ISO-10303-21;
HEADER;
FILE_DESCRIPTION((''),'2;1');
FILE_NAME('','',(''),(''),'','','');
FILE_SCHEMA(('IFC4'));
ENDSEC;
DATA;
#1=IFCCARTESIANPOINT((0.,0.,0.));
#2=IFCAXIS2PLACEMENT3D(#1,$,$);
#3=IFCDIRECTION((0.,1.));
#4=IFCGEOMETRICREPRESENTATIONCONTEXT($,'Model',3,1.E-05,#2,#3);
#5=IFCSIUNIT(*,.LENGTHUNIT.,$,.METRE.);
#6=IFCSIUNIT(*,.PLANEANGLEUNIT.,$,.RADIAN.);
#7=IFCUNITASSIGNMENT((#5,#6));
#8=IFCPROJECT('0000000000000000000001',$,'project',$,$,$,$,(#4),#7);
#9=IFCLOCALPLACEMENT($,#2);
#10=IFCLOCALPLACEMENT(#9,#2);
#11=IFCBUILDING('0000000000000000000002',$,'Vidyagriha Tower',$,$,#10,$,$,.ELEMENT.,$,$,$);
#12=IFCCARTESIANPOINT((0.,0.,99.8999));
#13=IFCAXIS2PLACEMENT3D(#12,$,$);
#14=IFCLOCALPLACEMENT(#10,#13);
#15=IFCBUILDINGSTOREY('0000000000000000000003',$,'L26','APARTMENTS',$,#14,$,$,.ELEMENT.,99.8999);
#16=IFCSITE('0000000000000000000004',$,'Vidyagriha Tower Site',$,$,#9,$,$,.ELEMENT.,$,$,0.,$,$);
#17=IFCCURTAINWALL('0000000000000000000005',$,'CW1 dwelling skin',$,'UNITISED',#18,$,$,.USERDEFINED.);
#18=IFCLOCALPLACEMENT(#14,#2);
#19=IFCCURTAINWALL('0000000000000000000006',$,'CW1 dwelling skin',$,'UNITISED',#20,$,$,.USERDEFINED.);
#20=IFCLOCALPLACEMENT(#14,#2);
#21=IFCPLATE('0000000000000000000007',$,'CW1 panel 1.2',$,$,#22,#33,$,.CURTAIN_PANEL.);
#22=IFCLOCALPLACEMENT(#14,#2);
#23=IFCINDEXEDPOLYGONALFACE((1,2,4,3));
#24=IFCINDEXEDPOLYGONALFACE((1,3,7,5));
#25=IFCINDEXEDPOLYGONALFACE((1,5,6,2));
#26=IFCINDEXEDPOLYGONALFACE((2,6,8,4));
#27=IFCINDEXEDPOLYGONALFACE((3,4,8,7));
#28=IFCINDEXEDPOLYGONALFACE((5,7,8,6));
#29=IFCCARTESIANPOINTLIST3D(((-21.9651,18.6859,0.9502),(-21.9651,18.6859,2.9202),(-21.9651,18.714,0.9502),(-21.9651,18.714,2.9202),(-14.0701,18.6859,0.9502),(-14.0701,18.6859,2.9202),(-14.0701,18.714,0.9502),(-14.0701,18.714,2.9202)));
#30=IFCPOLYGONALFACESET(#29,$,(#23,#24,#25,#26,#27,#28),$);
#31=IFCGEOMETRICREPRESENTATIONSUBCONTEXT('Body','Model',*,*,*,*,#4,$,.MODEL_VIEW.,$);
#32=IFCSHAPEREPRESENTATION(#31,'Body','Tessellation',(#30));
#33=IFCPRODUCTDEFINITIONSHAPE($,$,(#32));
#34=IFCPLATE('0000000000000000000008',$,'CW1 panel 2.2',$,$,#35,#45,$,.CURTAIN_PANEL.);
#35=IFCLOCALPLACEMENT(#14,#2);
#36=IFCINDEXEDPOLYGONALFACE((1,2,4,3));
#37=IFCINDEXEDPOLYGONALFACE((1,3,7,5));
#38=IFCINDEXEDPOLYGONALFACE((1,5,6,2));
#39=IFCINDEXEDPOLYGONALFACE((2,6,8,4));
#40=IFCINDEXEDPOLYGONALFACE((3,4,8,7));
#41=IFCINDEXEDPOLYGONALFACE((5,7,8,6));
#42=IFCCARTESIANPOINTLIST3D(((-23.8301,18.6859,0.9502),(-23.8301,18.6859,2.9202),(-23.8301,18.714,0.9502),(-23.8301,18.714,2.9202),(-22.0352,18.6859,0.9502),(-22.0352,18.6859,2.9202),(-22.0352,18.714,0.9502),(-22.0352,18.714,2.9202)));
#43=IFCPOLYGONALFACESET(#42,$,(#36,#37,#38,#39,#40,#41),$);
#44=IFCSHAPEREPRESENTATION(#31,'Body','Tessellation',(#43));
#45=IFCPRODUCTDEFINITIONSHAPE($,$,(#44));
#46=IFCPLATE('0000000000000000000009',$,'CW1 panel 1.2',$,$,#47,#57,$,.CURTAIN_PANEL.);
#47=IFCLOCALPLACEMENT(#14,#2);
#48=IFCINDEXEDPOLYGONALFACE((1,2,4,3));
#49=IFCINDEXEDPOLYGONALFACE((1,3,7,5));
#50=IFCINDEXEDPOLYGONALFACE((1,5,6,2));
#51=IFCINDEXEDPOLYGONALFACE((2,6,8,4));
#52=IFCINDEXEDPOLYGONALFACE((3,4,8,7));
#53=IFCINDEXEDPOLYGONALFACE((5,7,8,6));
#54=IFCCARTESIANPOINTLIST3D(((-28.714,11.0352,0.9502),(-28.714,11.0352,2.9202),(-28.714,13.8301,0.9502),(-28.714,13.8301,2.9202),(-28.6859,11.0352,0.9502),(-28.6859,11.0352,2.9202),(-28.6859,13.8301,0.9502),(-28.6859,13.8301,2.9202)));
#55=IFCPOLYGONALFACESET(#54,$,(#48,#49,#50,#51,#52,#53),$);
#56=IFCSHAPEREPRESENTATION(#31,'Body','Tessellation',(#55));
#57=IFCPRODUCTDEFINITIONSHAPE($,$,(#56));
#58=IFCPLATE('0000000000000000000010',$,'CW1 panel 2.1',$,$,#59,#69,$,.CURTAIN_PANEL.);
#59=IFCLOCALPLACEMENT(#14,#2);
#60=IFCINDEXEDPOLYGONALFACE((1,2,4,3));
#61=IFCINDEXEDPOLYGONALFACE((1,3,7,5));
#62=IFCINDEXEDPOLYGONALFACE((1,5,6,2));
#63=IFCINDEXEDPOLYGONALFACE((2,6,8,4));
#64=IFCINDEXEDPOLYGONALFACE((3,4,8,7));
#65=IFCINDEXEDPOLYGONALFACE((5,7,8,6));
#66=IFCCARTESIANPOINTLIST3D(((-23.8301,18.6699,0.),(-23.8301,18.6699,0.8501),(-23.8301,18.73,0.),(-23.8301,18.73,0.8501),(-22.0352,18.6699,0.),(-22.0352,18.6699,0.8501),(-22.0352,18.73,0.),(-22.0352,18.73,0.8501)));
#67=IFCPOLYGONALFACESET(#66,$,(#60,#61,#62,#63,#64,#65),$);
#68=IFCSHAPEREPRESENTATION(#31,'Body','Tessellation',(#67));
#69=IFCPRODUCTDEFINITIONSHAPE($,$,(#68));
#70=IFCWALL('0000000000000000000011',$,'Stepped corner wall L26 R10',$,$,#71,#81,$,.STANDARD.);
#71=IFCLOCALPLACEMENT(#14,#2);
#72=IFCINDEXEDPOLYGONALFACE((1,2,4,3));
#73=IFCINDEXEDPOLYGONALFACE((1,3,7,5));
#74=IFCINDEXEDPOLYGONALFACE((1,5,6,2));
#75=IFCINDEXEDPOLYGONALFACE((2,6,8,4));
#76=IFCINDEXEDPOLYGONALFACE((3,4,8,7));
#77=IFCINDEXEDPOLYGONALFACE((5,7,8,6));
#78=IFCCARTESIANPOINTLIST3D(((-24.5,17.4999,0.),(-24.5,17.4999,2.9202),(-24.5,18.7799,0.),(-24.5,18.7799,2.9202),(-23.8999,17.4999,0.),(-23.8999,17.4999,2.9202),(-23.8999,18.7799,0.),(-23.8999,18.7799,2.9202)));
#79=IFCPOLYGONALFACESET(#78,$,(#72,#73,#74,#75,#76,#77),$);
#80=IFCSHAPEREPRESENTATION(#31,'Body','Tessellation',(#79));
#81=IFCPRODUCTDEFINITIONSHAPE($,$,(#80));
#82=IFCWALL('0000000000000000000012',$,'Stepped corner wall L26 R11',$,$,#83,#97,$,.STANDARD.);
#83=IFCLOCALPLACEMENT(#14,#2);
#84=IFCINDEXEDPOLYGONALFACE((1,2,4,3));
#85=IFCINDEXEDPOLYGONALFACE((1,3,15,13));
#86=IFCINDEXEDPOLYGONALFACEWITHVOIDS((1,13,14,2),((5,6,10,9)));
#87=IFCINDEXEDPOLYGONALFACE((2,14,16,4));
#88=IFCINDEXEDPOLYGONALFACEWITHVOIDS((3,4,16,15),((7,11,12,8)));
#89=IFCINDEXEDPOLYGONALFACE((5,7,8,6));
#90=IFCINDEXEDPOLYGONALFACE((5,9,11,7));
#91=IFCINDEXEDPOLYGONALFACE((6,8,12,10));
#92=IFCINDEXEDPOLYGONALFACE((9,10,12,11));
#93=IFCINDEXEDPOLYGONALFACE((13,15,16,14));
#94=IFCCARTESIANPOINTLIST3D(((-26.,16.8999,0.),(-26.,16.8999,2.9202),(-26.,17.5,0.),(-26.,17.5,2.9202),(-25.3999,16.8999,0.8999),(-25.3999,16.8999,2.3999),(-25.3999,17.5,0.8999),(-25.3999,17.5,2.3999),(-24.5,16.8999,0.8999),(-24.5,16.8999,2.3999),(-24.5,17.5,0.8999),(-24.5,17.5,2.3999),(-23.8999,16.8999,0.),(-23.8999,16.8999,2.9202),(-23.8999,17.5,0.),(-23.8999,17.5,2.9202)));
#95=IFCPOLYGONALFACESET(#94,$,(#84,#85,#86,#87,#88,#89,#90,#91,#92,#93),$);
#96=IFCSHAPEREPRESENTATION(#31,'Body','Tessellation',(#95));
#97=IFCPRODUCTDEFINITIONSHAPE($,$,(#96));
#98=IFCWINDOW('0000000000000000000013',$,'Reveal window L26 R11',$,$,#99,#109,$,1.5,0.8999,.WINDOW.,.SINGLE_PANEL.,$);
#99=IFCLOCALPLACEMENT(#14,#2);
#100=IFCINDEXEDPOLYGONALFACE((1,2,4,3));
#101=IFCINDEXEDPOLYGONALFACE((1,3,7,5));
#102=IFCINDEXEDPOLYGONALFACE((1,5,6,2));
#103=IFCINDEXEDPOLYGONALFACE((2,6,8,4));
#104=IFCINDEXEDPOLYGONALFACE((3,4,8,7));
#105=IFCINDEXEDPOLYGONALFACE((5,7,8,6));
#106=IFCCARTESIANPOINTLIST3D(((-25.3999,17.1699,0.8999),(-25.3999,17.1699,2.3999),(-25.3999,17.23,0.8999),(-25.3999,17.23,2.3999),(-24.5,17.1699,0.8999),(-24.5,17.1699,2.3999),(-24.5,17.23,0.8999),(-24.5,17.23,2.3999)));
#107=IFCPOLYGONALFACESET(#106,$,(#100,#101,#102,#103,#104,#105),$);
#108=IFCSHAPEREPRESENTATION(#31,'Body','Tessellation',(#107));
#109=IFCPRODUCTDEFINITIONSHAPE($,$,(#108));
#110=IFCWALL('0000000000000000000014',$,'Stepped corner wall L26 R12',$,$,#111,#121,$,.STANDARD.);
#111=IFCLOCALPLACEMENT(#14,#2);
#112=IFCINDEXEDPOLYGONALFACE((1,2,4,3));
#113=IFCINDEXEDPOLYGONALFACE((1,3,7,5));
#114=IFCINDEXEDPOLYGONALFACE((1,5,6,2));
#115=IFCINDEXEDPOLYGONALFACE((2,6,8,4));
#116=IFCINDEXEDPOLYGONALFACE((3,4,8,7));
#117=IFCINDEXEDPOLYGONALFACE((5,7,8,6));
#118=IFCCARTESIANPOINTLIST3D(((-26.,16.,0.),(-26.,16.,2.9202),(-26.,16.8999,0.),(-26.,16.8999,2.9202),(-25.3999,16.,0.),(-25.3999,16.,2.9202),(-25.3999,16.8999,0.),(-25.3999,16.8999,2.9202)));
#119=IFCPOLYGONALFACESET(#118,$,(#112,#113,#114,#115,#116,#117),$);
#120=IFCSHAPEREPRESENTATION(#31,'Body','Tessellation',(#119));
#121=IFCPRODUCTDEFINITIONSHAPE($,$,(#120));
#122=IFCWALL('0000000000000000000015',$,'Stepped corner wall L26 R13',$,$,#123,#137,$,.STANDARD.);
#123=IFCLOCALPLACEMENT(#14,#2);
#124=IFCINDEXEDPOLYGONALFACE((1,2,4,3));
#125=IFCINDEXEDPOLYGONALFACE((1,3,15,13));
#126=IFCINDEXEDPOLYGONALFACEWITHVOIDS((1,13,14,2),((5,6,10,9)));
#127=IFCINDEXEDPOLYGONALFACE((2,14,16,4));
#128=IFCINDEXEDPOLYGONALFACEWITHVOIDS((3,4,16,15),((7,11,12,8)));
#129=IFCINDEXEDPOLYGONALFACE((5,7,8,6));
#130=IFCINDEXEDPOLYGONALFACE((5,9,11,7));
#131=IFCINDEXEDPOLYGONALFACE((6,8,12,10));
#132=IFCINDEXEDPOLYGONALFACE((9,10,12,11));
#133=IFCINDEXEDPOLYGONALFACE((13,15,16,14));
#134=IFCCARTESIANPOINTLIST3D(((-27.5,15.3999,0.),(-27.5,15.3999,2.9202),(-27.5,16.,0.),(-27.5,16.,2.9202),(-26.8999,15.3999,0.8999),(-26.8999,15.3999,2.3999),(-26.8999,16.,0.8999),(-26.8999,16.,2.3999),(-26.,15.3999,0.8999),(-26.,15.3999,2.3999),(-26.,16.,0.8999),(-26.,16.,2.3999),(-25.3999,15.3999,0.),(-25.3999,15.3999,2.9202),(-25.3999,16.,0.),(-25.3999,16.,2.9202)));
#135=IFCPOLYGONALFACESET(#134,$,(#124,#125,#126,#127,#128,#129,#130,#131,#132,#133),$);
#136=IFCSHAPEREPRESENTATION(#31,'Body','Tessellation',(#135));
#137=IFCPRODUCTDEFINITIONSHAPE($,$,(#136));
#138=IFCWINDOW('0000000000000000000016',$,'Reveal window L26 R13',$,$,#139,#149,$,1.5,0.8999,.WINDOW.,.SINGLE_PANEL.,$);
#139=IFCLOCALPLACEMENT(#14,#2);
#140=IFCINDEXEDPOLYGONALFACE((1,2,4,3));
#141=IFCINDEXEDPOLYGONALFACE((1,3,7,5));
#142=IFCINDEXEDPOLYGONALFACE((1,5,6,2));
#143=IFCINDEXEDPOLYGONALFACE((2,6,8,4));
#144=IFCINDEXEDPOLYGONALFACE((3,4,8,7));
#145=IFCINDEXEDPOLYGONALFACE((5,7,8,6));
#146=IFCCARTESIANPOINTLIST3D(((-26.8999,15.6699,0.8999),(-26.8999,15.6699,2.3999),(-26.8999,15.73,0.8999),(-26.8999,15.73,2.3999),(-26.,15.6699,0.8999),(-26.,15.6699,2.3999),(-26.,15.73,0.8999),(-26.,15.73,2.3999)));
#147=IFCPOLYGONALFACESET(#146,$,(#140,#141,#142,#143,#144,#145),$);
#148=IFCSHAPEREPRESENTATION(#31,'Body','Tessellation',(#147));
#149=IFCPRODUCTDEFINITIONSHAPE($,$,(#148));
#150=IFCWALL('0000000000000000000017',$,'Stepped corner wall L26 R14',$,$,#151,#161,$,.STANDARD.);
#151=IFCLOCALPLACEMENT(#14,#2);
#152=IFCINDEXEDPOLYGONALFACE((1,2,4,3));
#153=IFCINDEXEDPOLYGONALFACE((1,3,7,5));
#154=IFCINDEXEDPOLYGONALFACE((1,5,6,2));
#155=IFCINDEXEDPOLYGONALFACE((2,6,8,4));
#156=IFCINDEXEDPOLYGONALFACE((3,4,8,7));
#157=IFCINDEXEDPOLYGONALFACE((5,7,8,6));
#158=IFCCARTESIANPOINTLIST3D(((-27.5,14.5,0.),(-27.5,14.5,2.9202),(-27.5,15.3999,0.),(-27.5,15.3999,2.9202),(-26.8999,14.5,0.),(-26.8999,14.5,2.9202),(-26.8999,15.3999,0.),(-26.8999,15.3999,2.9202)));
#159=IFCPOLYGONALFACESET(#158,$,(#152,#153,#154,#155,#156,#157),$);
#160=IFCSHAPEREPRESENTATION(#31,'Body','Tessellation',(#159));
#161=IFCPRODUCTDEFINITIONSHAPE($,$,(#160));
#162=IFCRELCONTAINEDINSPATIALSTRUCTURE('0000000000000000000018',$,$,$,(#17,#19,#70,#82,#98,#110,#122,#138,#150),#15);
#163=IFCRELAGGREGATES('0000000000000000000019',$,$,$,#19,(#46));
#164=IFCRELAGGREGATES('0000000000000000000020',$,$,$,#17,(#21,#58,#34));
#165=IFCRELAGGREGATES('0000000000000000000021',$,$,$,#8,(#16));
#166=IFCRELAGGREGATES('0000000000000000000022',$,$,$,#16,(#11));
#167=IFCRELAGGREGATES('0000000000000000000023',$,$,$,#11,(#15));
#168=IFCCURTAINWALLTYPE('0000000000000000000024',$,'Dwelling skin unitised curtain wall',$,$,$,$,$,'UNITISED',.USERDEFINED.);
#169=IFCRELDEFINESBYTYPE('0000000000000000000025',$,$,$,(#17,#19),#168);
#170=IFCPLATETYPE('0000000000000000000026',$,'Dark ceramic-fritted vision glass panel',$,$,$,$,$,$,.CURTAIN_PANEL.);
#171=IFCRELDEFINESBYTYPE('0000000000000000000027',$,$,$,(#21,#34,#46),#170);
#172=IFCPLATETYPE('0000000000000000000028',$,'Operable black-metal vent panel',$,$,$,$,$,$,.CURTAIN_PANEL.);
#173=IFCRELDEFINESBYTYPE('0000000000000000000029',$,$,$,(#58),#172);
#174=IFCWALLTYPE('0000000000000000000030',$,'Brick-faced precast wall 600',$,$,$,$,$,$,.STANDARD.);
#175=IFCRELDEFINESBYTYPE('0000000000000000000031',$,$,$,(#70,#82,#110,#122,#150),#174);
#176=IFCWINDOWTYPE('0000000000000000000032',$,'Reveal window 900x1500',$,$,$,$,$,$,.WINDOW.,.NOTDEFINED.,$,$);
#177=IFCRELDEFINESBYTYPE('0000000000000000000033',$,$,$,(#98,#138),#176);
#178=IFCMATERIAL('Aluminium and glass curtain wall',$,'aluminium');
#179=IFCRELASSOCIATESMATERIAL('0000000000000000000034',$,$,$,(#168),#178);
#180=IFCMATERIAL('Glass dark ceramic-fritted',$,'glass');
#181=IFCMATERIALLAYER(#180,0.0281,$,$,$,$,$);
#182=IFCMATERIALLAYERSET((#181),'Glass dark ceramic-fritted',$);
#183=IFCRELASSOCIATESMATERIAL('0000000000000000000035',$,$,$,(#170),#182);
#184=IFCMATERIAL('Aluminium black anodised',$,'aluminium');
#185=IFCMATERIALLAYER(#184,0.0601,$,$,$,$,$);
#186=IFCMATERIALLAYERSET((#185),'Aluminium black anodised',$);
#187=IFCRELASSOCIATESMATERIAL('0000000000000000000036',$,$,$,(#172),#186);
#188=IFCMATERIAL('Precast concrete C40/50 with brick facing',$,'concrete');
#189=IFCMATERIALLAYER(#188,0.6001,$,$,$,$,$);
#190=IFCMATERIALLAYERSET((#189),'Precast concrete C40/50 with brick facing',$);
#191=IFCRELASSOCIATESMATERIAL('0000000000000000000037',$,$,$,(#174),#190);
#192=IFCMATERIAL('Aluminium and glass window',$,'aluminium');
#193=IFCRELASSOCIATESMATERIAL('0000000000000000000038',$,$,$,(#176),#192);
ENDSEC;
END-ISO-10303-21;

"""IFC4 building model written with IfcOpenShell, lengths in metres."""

from ifc_helpers import new_model, si_unit, direction, frame, frame_2d, origin, origin_2d, place, context, subcontext, project, spatial, rectangle, extrude, material, layer, layer_set, type_object, element, fill, aggregate, save


model = new_model("IFC4")

# Units and contexts
model_context = context("Model", 3, precision=1e-05, world=origin(), true_north=direction((0.0, 1.0)))
body_context = subcontext(model_context, "Body", "Model", "MODEL_VIEW")
ifc_project = project(units=[si_unit("LENGTHUNIT", "METRE"), si_unit("PLANEANGLEUNIT", "RADIAN")], contexts=[model_context])

# Site, building, storey
site_placement = place(None, origin())
site = spatial("IfcSite", under=ifc_project, at=site_placement, Name="Vidyagriha Tower Site", CompositionType="ELEMENT", RefElevation=0.0)
building_placement = place(site_placement, origin())
building = spatial("IfcBuilding", under=site, at=building_placement, Name="Vidyagriha Tower", CompositionType="ELEMENT")
storey_placement = place(building_placement, frame((0.0, 0.0, 99.8999)))
storey = spatial("IfcBuildingStorey", under=building, at=storey_placement, Name="L26", Description="APARTMENTS", CompositionType="ELEMENT", Elevation=99.8999)

# Curtain wall
ifc_material_1 = material(Name="Aluminium and glass curtain wall", Category="aluminium")
curtain_wall_type = type_object("IfcCurtainWallType", Name="Dwelling skin unitised curtain wall", ElementType="UNITISED", PredefinedType="USERDEFINED", material=ifc_material_1)
curtain_wall_1_placement = place(storey_placement, origin())
curtain_wall_1 = element("IfcCurtainWall", 1, at=curtain_wall_1_placement, inside=storey, type_object=curtain_wall_type, Name="CW1 dwelling skin", ObjectType="UNITISED", PredefinedType="USERDEFINED")

# Curtain wall
curtain_wall_2_placement = place(storey_placement, origin())
curtain_wall_2 = element("IfcCurtainWall", 2, at=curtain_wall_2_placement, inside=storey, type_object=curtain_wall_type, Name="CW1 dwelling skin", ObjectType="UNITISED", PredefinedType="USERDEFINED")

# Plates
ifc_material_2 = material(Name="Glass dark ceramic-fritted", Category="glass")
ifc_layer_1 = layer(ifc_material_2, 0.0281)
ifc_layer_set_1 = layer_set([ifc_layer_1], Name="Glass dark ceramic-fritted")
plate_type_1 = type_object("IfcPlateType", Name="Dark ceramic-fritted vision glass panel", PredefinedType="CURTAIN_PANEL", material=ifc_layer_set_1)
plate_1_placement = place(storey_placement, frame((-18.0176, 18.7, 0.9502), z_axis=(0.0, 0.0, 1.0), x_axis=(-1.0, 0.0, 0.0)))
plate_1 = element("IfcPlate", 3, at=plate_1_placement, type_object=plate_type_1, Name="CW1 panel 1.2", PredefinedType="CURTAIN_PANEL", context=body_context, shape_type="SweptSolid", body=[
    extrude(rectangle(XDim=7.895, YDim=0.0281, at=origin_2d()), origin(), (0.0, 0.0, 1.0), 1.97),
])
plate_2_placement = place(storey_placement, frame((-22.9326, 18.7, 0.9502), z_axis=(0.0, 0.0, 1.0), x_axis=(-1.0, 0.0, 0.0)))
plate_2 = element("IfcPlate", 4, at=plate_2_placement, type_object=plate_type_1, Name="CW1 panel 2.2", PredefinedType="CURTAIN_PANEL", context=body_context, shape_type="SweptSolid", body=[
    extrude(rectangle(XDim=1.7949, YDim=0.0281, at=origin_2d()), origin(), (0.0, 0.0, 1.0), 1.97),
])
plate_3_placement = place(storey_placement, frame((-28.7, 12.4326, 0.9502), z_axis=(0.0, 0.0, 1.0), x_axis=(0.0, -1.0, 0.0)))
plate_3 = element("IfcPlate", 5, at=plate_3_placement, type_object=plate_type_1, Name="CW1 panel 1.2", PredefinedType="CURTAIN_PANEL", context=body_context, shape_type="SweptSolid", body=[
    extrude(rectangle(XDim=2.7949, YDim=0.0281, at=origin_2d()), origin(), (0.0, 0.0, 1.0), 1.97),
])
aggregate(curtain_wall_2, [plate_3])
ifc_material_3 = material(Name="Aluminium black anodised", Category="aluminium")
ifc_layer_2 = layer(ifc_material_3, 0.0601)
ifc_layer_set_2 = layer_set([ifc_layer_2], Name="Aluminium black anodised")
plate_type_2 = type_object("IfcPlateType", Name="Operable black-metal vent panel", PredefinedType="CURTAIN_PANEL", material=ifc_layer_set_2)
plate_4_placement = place(storey_placement, frame((-22.9326, 18.7, 0.0), z_axis=(0.0, 0.0, 1.0), x_axis=(-1.0, 0.0, 0.0)))
plate_4 = element("IfcPlate", 6, at=plate_4_placement, type_object=plate_type_2, Name="CW1 panel 2.1", PredefinedType="CURTAIN_PANEL", context=body_context, shape_type="SweptSolid", body=[
    extrude(rectangle(XDim=1.7949, YDim=0.0601, at=origin_2d()), origin(), (0.0, 0.0, 1.0), 0.8501),
])
aggregate(curtain_wall_1, [plate_1, plate_4, plate_2])

# Wall
ifc_material_4 = material(Name="Precast concrete C40/50 with brick facing", Category="concrete")
ifc_layer_3 = layer(ifc_material_4, 0.6001)
ifc_layer_set_3 = layer_set([ifc_layer_3], Name="Precast concrete C40/50 with brick facing")
wall_type_1 = type_object("IfcWallType", Name="Brick-faced precast wall 600", PredefinedType="STANDARD", material=ifc_layer_set_3)
wall_1_placement = place(storey_placement, frame((-24.2, 18.78, 0.0), z_axis=(0.0, 0.0, 1.0), x_axis=(0.0, -1.0, 0.0)))
element("IfcWall", 7, at=wall_1_placement, inside=storey, type_object=wall_type_1, Name="Stepped corner wall L26 R10", PredefinedType="STANDARD", context=body_context, shape_type="SweptSolid", body=[
    extrude(rectangle(XDim=1.28, YDim=0.6001, at=frame_2d((0.6401, 0.0))), origin(), (0.0, 0.0, 1.0), 2.9202),
])

# Wall, opening, window
wall_2_placement = place(storey_placement, frame((-23.8999, 17.2, 0.0), z_axis=(0.0, 0.0, 1.0), x_axis=(-1.0, 0.0, 0.0)))
wall_2 = element("IfcWall", 8, at=wall_2_placement, inside=storey, type_object=wall_type_1, Name="Stepped corner wall L26 R11", PredefinedType="STANDARD", context=body_context, shape_type="SweptSolid", body=[
    extrude(rectangle(XDim=2.1001, YDim=0.6001, at=frame_2d((1.05, 0.0))), origin(), (0.0, 0.0, 1.0), 2.9202),
])
opening_1_placement = place(wall_2_placement, frame((0.6001, 0.0, 0.8999)))
opening_1 = element("IfcOpeningElement", 9, at=opening_1_placement, cuts=wall_2, PredefinedType="OPENING", context=body_context, shape_type="SweptSolid", body=[
    extrude(rectangle(XDim=0.8999, YDim=1.5, at=frame_2d((0.45, 0.75))), frame((0.0, 0.3101, 0.0), z_axis=(0.0, -1.0, 0.0), x_axis=(1.0, 0.0, 0.0)), (0.0, 0.0, 1.0), 0.6201),
])
ifc_material_5 = material(Name="Aluminium and glass window", Category="aluminium")
window_type = type_object("IfcWindowType", Name="Reveal window 900x1500", PartitioningType="NOTDEFINED", PredefinedType="WINDOW", material=ifc_material_5)
window_1_placement = place(opening_1_placement, origin())
window_1 = element("IfcWindow", 10, at=window_1_placement, inside=storey, type_object=window_type, Name="Reveal window L26 R11", OverallHeight=1.5, OverallWidth=0.8999, PartitioningType="SINGLE_PANEL", PredefinedType="WINDOW", context=body_context, shape_type="SweptSolid", body=[
    extrude(rectangle(XDim=0.8999, YDim=1.5, at=frame_2d((0.45, 0.75))), frame((0.0, 0.03, 0.0), z_axis=(0.0, -1.0, 0.0), x_axis=(1.0, 0.0, 0.0)), (0.0, 0.0, 1.0), 0.0601),
])
fill(opening_1, window_1)

# Wall
wall_3_placement = place(storey_placement, frame((-25.7, 16.8999, 0.0), z_axis=(0.0, 0.0, 1.0), x_axis=(0.0, -1.0, 0.0)))
element("IfcWall", 11, at=wall_3_placement, inside=storey, type_object=wall_type_1, Name="Stepped corner wall L26 R12", PredefinedType="STANDARD", context=body_context, shape_type="SweptSolid", body=[
    extrude(rectangle(XDim=0.8999, YDim=0.6001, at=frame_2d((0.45, 0.0))), origin(), (0.0, 0.0, 1.0), 2.9202),
])

# Wall, opening, window
wall_4_placement = place(storey_placement, frame((-25.3999, 15.7, 0.0), z_axis=(0.0, 0.0, 1.0), x_axis=(-1.0, 0.0, 0.0)))
wall_4 = element("IfcWall", 12, at=wall_4_placement, inside=storey, type_object=wall_type_1, Name="Stepped corner wall L26 R13", PredefinedType="STANDARD", context=body_context, shape_type="SweptSolid", body=[
    extrude(rectangle(XDim=2.1001, YDim=0.6001, at=frame_2d((1.05, 0.0))), origin(), (0.0, 0.0, 1.0), 2.9202),
])
opening_2_placement = place(wall_4_placement, frame((0.6001, 0.0, 0.8999)))
opening_2 = element("IfcOpeningElement", 13, at=opening_2_placement, cuts=wall_4, PredefinedType="OPENING", context=body_context, shape_type="SweptSolid", body=[
    extrude(rectangle(XDim=0.8999, YDim=1.5, at=frame_2d((0.45, 0.75))), frame((0.0, 0.3101, 0.0), z_axis=(0.0, -1.0, 0.0), x_axis=(1.0, 0.0, 0.0)), (0.0, 0.0, 1.0), 0.6201),
])
window_2_placement = place(opening_2_placement, origin())
window_2 = element("IfcWindow", 14, at=window_2_placement, inside=storey, type_object=window_type, Name="Reveal window L26 R13", OverallHeight=1.5, OverallWidth=0.8999, PartitioningType="SINGLE_PANEL", PredefinedType="WINDOW", context=body_context, shape_type="SweptSolid", body=[
    extrude(rectangle(XDim=0.8999, YDim=1.5, at=frame_2d((0.45, 0.75))), frame((0.0, 0.03, 0.0), z_axis=(0.0, -1.0, 0.0), x_axis=(1.0, 0.0, 0.0)), (0.0, 0.0, 1.0), 0.0601),
])
fill(opening_2, window_2)

# Wall
wall_5_placement = place(storey_placement, frame((-27.2, 15.3999, 0.0), z_axis=(0.0, 0.0, 1.0), x_axis=(0.0, -1.0, 0.0)))
element("IfcWall", 15, at=wall_5_placement, inside=storey, type_object=wall_type_1, Name="Stepped corner wall L26 R14", PredefinedType="STANDARD", context=body_context, shape_type="SweptSolid", body=[
    extrude(rectangle(XDim=0.8999, YDim=0.6001, at=frame_2d((0.45, 0.0))), origin(), (0.0, 0.0, 1.0), 2.9202),
])

save(model, "model.ifc")
